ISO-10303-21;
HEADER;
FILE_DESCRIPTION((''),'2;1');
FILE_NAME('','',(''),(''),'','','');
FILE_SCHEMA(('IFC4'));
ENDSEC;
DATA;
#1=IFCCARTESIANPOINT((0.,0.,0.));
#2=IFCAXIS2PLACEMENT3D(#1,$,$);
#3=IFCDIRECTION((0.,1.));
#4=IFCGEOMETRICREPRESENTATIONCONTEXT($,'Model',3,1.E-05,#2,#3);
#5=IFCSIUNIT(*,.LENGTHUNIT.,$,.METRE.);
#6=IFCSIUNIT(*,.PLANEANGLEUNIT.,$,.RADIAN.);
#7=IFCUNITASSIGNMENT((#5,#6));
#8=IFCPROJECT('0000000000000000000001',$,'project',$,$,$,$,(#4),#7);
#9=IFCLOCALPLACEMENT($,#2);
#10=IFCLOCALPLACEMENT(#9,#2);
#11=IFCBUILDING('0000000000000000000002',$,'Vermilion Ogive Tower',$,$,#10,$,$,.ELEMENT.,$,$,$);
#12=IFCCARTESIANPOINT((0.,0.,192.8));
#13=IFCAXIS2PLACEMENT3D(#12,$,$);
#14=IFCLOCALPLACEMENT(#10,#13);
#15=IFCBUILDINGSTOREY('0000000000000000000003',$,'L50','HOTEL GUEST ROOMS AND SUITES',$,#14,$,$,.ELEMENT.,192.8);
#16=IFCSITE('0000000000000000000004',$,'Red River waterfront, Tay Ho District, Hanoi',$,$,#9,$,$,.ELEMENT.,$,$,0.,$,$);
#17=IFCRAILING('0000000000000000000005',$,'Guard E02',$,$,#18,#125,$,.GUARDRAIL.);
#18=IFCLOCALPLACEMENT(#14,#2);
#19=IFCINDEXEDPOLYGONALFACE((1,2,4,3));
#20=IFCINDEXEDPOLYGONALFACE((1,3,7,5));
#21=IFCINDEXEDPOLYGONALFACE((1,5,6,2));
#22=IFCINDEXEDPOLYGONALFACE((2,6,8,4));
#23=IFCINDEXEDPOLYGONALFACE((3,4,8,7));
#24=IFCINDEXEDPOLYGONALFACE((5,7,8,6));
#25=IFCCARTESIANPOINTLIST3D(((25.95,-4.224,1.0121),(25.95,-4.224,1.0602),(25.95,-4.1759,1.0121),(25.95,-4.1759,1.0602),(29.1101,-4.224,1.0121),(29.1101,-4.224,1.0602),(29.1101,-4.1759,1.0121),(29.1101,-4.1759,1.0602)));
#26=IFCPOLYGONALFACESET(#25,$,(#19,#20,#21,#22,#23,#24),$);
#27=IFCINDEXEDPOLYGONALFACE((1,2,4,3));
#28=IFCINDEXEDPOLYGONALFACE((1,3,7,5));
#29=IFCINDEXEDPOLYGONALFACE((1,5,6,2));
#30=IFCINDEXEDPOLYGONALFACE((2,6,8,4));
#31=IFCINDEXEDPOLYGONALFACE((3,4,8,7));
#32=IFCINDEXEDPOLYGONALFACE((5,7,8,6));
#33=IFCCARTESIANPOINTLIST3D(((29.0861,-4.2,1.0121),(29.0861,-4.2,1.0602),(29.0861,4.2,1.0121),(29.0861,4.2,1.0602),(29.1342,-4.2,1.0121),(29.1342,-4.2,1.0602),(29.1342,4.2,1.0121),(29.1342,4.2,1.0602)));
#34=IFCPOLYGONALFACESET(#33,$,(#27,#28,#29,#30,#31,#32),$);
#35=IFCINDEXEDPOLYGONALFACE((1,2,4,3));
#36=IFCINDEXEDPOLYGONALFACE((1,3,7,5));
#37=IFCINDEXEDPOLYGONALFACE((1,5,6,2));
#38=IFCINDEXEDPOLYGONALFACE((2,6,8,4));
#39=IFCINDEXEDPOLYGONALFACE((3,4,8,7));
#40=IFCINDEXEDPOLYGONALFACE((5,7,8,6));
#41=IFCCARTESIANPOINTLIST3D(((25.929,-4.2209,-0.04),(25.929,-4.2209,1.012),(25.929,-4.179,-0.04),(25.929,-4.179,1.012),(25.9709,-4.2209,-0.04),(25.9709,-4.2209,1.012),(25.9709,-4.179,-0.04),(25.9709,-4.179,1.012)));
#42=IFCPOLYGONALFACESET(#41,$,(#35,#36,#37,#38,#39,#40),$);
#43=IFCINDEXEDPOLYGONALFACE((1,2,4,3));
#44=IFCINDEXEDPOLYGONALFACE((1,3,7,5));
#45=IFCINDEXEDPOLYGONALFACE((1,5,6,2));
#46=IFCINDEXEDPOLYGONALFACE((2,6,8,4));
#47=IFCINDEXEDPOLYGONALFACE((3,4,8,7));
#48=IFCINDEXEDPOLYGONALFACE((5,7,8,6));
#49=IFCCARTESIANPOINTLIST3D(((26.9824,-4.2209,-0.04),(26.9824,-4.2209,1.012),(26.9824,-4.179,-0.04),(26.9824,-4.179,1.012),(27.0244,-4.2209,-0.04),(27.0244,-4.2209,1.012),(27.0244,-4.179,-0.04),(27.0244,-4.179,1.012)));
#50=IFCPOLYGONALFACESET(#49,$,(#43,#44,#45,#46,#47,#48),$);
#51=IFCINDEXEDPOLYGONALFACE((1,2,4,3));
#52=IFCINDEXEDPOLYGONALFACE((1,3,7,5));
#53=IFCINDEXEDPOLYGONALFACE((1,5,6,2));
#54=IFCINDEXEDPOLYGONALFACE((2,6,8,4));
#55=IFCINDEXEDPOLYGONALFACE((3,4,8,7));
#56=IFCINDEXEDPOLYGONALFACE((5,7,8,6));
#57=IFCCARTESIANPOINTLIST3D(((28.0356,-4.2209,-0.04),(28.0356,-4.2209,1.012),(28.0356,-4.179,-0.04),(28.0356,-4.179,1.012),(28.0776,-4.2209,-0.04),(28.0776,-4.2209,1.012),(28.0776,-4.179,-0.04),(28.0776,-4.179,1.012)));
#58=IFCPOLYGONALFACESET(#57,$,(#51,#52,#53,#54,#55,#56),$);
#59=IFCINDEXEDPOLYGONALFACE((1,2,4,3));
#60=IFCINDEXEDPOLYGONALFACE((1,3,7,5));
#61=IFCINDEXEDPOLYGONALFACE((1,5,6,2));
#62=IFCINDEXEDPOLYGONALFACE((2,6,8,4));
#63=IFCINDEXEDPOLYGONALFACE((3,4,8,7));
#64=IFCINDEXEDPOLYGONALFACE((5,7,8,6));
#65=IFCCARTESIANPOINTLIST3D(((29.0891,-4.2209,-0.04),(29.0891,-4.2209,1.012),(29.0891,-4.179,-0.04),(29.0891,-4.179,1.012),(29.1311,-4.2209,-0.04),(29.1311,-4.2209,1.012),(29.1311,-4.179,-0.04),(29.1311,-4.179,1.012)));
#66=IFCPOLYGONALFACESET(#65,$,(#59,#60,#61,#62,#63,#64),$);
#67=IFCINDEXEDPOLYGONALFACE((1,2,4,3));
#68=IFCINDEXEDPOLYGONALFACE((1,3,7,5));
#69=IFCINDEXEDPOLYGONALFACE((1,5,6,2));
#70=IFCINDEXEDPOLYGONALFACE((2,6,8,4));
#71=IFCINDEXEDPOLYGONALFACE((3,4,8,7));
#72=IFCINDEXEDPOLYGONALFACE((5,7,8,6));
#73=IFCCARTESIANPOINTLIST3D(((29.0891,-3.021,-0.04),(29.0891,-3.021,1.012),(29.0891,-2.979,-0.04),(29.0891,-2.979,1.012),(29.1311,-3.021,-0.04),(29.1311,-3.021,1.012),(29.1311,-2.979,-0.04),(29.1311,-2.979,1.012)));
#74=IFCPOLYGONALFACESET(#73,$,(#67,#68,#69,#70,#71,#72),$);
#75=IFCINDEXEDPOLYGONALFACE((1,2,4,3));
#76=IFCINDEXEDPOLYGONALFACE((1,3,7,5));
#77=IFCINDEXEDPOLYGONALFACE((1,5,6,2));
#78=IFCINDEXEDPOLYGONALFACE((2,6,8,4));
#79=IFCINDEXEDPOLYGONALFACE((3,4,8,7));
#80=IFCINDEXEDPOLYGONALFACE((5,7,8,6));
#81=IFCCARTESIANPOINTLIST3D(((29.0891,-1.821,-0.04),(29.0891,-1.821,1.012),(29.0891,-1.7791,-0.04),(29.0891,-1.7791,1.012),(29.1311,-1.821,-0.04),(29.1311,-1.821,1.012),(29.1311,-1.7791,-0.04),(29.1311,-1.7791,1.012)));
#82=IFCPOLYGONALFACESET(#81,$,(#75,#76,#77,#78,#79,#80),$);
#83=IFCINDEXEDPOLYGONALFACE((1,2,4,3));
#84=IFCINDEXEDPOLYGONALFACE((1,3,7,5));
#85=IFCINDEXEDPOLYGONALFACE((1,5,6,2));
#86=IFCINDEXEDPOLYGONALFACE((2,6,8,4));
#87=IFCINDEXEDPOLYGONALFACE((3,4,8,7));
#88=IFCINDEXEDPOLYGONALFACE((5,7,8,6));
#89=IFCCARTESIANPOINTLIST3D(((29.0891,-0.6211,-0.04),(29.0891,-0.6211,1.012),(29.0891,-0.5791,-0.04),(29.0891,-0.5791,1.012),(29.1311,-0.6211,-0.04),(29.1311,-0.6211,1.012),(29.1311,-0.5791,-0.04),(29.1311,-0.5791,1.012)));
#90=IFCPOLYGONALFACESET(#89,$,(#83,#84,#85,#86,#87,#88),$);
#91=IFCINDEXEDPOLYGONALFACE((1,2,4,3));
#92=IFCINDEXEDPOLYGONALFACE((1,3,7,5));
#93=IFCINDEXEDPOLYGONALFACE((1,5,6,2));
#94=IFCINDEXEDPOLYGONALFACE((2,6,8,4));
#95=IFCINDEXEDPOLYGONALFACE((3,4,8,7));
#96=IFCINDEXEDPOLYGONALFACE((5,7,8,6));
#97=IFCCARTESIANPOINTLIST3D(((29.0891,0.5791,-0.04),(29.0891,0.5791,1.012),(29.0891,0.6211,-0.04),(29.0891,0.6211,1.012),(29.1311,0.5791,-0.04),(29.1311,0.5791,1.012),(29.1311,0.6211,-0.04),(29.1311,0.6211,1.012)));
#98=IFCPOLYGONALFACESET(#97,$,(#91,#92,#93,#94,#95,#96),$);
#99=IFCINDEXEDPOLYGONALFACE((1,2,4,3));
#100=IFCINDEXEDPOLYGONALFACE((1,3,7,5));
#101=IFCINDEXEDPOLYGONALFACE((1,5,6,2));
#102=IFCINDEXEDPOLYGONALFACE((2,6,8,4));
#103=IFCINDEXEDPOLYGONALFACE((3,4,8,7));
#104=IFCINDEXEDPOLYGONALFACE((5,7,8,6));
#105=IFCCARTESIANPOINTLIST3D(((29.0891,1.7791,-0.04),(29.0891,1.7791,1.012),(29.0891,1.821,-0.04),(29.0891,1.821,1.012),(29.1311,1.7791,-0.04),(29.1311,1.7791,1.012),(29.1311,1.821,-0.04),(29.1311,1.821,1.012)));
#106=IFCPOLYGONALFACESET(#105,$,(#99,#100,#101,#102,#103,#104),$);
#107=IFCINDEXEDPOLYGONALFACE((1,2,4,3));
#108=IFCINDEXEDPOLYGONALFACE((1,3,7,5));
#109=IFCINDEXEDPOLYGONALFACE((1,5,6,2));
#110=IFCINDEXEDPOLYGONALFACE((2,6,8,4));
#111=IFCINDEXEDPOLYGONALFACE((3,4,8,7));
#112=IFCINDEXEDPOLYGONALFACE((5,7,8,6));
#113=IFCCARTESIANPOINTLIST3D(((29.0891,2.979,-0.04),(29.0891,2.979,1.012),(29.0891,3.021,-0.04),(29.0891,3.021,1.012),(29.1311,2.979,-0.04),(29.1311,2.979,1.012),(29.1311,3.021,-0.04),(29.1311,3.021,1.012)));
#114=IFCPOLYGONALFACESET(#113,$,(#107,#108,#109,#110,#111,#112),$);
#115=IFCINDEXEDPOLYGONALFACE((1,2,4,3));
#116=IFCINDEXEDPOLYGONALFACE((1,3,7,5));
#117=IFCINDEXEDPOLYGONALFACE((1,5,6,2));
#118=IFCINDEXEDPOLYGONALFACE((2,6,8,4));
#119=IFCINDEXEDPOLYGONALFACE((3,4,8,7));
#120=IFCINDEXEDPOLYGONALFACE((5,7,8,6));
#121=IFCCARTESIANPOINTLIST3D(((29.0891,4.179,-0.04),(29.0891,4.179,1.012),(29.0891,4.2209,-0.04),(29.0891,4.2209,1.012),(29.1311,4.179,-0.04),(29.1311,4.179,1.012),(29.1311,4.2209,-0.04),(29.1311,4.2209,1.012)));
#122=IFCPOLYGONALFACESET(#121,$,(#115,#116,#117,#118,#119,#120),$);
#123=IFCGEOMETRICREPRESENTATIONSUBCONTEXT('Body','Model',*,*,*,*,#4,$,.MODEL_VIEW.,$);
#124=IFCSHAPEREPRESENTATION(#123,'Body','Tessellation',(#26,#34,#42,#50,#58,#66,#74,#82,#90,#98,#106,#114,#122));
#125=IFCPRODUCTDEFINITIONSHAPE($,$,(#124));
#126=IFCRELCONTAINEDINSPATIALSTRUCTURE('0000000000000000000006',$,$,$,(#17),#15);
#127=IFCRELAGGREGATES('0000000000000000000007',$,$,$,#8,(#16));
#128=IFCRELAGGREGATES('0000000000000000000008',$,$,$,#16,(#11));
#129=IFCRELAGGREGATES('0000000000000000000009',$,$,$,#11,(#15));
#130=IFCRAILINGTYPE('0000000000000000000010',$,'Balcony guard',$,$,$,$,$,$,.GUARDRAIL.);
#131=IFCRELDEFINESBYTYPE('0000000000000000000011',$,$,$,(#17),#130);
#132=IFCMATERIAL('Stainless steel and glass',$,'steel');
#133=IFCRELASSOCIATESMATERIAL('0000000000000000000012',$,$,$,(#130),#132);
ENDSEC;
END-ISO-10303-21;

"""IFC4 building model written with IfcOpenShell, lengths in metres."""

from ifc_helpers import new_model, si_unit, direction, frame, origin, origin_2d, place, context, subcontext, project, spatial, rectangle, extrude, material, type_object, element, save


model = new_model("IFC4")

# Units and contexts
model_context = context("Model", 3, precision=1e-05, world=origin(), true_north=direction((0.0, 1.0)))
body_context = subcontext(model_context, "Body", "Model", "MODEL_VIEW")
ifc_project = project(units=[si_unit("LENGTHUNIT", "METRE"), si_unit("PLANEANGLEUNIT", "RADIAN")], contexts=[model_context])

# Site, building, storey
site_placement = place(None, origin())
site = spatial("IfcSite", under=ifc_project, at=site_placement, Name="Red River waterfront, Tay Ho District, Hanoi", CompositionType="ELEMENT", RefElevation=0.0)
building_placement = place(site_placement, origin())
building = spatial("IfcBuilding", under=site, at=building_placement, Name="Vermilion Ogive Tower", CompositionType="ELEMENT")
storey_placement = place(building_placement, frame((0.0, 0.0, 192.8)))
storey = spatial("IfcBuildingStorey", under=building, at=storey_placement, Name="L50", Description="HOTEL GUEST ROOMS AND SUITES", CompositionType="ELEMENT", Elevation=192.8)

# Railing
ifc_material_1 = material(Name="Stainless steel and glass", Category="steel")
railing_type = type_object("IfcRailingType", Name="Balcony guard", PredefinedType="GUARDRAIL", material=ifc_material_1)
railing_placement = place(storey_placement, frame((25.95, -4.2, -0.04)))
element("IfcRailing", 1, at=railing_placement, inside=storey, type_object=railing_type, Name="Guard E02", PredefinedType="GUARDRAIL", context=body_context, shape_type="SweptSolid", body=[
    extrude(rectangle(XDim=0.0481, YDim=0.0481, at=origin_2d()), frame((0.0, 0.0, 1.0762), z_axis=(1.0, 0.0, 0.0), x_axis=(0.0, 1.0, 0.0)), (0.0, 0.0, 1.0), 3.1602),
    extrude(rectangle(XDim=0.0481, YDim=0.0481, at=origin_2d()), frame((3.1602, 0.0, 1.0762), z_axis=(0.0, 1.0, 0.0), x_axis=(-1.0, 0.0, 0.0)), (0.0, 0.0, 1.0), 8.3999),
    extrude(rectangle(XDim=0.042, YDim=0.042, at=origin_2d()), origin(), (0.0, 0.0, 1.0), 1.052),
    extrude(rectangle(XDim=0.042, YDim=0.042, at=origin_2d()), frame((1.0535, 0.0, 0.0)), (0.0, 0.0, 1.0), 1.052),
    extrude(rectangle(XDim=0.042, YDim=0.042, at=origin_2d()), frame((2.1067, 0.0, 0.0)), (0.0, 0.0, 1.0), 1.052),
    extrude(rectangle(XDim=0.042, YDim=0.042, at=origin_2d()), frame((3.1602, 0.0, 0.0)), (0.0, 0.0, 1.0), 1.052),
    extrude(rectangle(XDim=0.042, YDim=0.042, at=origin_2d()), frame((3.1602, 1.2, 0.0)), (0.0, 0.0, 1.0), 1.052),
    extrude(rectangle(XDim=0.042, YDim=0.042, at=origin_2d()), frame((3.1602, 2.3999, 0.0)), (0.0, 0.0, 1.0), 1.052),
    extrude(rectangle(XDim=0.042, YDim=0.042, at=origin_2d()), frame((3.1602, 3.5999, 0.0)), (0.0, 0.0, 1.0), 1.052),
    extrude(rectangle(XDim=0.042, YDim=0.042, at=origin_2d()), frame((3.1602, 4.8, 0.0)), (0.0, 0.0, 1.0), 1.052),
    extrude(rectangle(XDim=0.042, YDim=0.042, at=origin_2d()), frame((3.1602, 6.0, 0.0)), (0.0, 0.0, 1.0), 1.052),
    extrude(rectangle(XDim=0.042, YDim=0.042, at=origin_2d()), frame((3.1602, 7.2, 0.0)), (0.0, 0.0, 1.0), 1.052),
    extrude(rectangle(XDim=0.042, YDim=0.042, at=origin_2d()), frame((3.1602, 8.3999, 0.0)), (0.0, 0.0, 1.0), 1.052),
])

save(model, "model.ifc")
